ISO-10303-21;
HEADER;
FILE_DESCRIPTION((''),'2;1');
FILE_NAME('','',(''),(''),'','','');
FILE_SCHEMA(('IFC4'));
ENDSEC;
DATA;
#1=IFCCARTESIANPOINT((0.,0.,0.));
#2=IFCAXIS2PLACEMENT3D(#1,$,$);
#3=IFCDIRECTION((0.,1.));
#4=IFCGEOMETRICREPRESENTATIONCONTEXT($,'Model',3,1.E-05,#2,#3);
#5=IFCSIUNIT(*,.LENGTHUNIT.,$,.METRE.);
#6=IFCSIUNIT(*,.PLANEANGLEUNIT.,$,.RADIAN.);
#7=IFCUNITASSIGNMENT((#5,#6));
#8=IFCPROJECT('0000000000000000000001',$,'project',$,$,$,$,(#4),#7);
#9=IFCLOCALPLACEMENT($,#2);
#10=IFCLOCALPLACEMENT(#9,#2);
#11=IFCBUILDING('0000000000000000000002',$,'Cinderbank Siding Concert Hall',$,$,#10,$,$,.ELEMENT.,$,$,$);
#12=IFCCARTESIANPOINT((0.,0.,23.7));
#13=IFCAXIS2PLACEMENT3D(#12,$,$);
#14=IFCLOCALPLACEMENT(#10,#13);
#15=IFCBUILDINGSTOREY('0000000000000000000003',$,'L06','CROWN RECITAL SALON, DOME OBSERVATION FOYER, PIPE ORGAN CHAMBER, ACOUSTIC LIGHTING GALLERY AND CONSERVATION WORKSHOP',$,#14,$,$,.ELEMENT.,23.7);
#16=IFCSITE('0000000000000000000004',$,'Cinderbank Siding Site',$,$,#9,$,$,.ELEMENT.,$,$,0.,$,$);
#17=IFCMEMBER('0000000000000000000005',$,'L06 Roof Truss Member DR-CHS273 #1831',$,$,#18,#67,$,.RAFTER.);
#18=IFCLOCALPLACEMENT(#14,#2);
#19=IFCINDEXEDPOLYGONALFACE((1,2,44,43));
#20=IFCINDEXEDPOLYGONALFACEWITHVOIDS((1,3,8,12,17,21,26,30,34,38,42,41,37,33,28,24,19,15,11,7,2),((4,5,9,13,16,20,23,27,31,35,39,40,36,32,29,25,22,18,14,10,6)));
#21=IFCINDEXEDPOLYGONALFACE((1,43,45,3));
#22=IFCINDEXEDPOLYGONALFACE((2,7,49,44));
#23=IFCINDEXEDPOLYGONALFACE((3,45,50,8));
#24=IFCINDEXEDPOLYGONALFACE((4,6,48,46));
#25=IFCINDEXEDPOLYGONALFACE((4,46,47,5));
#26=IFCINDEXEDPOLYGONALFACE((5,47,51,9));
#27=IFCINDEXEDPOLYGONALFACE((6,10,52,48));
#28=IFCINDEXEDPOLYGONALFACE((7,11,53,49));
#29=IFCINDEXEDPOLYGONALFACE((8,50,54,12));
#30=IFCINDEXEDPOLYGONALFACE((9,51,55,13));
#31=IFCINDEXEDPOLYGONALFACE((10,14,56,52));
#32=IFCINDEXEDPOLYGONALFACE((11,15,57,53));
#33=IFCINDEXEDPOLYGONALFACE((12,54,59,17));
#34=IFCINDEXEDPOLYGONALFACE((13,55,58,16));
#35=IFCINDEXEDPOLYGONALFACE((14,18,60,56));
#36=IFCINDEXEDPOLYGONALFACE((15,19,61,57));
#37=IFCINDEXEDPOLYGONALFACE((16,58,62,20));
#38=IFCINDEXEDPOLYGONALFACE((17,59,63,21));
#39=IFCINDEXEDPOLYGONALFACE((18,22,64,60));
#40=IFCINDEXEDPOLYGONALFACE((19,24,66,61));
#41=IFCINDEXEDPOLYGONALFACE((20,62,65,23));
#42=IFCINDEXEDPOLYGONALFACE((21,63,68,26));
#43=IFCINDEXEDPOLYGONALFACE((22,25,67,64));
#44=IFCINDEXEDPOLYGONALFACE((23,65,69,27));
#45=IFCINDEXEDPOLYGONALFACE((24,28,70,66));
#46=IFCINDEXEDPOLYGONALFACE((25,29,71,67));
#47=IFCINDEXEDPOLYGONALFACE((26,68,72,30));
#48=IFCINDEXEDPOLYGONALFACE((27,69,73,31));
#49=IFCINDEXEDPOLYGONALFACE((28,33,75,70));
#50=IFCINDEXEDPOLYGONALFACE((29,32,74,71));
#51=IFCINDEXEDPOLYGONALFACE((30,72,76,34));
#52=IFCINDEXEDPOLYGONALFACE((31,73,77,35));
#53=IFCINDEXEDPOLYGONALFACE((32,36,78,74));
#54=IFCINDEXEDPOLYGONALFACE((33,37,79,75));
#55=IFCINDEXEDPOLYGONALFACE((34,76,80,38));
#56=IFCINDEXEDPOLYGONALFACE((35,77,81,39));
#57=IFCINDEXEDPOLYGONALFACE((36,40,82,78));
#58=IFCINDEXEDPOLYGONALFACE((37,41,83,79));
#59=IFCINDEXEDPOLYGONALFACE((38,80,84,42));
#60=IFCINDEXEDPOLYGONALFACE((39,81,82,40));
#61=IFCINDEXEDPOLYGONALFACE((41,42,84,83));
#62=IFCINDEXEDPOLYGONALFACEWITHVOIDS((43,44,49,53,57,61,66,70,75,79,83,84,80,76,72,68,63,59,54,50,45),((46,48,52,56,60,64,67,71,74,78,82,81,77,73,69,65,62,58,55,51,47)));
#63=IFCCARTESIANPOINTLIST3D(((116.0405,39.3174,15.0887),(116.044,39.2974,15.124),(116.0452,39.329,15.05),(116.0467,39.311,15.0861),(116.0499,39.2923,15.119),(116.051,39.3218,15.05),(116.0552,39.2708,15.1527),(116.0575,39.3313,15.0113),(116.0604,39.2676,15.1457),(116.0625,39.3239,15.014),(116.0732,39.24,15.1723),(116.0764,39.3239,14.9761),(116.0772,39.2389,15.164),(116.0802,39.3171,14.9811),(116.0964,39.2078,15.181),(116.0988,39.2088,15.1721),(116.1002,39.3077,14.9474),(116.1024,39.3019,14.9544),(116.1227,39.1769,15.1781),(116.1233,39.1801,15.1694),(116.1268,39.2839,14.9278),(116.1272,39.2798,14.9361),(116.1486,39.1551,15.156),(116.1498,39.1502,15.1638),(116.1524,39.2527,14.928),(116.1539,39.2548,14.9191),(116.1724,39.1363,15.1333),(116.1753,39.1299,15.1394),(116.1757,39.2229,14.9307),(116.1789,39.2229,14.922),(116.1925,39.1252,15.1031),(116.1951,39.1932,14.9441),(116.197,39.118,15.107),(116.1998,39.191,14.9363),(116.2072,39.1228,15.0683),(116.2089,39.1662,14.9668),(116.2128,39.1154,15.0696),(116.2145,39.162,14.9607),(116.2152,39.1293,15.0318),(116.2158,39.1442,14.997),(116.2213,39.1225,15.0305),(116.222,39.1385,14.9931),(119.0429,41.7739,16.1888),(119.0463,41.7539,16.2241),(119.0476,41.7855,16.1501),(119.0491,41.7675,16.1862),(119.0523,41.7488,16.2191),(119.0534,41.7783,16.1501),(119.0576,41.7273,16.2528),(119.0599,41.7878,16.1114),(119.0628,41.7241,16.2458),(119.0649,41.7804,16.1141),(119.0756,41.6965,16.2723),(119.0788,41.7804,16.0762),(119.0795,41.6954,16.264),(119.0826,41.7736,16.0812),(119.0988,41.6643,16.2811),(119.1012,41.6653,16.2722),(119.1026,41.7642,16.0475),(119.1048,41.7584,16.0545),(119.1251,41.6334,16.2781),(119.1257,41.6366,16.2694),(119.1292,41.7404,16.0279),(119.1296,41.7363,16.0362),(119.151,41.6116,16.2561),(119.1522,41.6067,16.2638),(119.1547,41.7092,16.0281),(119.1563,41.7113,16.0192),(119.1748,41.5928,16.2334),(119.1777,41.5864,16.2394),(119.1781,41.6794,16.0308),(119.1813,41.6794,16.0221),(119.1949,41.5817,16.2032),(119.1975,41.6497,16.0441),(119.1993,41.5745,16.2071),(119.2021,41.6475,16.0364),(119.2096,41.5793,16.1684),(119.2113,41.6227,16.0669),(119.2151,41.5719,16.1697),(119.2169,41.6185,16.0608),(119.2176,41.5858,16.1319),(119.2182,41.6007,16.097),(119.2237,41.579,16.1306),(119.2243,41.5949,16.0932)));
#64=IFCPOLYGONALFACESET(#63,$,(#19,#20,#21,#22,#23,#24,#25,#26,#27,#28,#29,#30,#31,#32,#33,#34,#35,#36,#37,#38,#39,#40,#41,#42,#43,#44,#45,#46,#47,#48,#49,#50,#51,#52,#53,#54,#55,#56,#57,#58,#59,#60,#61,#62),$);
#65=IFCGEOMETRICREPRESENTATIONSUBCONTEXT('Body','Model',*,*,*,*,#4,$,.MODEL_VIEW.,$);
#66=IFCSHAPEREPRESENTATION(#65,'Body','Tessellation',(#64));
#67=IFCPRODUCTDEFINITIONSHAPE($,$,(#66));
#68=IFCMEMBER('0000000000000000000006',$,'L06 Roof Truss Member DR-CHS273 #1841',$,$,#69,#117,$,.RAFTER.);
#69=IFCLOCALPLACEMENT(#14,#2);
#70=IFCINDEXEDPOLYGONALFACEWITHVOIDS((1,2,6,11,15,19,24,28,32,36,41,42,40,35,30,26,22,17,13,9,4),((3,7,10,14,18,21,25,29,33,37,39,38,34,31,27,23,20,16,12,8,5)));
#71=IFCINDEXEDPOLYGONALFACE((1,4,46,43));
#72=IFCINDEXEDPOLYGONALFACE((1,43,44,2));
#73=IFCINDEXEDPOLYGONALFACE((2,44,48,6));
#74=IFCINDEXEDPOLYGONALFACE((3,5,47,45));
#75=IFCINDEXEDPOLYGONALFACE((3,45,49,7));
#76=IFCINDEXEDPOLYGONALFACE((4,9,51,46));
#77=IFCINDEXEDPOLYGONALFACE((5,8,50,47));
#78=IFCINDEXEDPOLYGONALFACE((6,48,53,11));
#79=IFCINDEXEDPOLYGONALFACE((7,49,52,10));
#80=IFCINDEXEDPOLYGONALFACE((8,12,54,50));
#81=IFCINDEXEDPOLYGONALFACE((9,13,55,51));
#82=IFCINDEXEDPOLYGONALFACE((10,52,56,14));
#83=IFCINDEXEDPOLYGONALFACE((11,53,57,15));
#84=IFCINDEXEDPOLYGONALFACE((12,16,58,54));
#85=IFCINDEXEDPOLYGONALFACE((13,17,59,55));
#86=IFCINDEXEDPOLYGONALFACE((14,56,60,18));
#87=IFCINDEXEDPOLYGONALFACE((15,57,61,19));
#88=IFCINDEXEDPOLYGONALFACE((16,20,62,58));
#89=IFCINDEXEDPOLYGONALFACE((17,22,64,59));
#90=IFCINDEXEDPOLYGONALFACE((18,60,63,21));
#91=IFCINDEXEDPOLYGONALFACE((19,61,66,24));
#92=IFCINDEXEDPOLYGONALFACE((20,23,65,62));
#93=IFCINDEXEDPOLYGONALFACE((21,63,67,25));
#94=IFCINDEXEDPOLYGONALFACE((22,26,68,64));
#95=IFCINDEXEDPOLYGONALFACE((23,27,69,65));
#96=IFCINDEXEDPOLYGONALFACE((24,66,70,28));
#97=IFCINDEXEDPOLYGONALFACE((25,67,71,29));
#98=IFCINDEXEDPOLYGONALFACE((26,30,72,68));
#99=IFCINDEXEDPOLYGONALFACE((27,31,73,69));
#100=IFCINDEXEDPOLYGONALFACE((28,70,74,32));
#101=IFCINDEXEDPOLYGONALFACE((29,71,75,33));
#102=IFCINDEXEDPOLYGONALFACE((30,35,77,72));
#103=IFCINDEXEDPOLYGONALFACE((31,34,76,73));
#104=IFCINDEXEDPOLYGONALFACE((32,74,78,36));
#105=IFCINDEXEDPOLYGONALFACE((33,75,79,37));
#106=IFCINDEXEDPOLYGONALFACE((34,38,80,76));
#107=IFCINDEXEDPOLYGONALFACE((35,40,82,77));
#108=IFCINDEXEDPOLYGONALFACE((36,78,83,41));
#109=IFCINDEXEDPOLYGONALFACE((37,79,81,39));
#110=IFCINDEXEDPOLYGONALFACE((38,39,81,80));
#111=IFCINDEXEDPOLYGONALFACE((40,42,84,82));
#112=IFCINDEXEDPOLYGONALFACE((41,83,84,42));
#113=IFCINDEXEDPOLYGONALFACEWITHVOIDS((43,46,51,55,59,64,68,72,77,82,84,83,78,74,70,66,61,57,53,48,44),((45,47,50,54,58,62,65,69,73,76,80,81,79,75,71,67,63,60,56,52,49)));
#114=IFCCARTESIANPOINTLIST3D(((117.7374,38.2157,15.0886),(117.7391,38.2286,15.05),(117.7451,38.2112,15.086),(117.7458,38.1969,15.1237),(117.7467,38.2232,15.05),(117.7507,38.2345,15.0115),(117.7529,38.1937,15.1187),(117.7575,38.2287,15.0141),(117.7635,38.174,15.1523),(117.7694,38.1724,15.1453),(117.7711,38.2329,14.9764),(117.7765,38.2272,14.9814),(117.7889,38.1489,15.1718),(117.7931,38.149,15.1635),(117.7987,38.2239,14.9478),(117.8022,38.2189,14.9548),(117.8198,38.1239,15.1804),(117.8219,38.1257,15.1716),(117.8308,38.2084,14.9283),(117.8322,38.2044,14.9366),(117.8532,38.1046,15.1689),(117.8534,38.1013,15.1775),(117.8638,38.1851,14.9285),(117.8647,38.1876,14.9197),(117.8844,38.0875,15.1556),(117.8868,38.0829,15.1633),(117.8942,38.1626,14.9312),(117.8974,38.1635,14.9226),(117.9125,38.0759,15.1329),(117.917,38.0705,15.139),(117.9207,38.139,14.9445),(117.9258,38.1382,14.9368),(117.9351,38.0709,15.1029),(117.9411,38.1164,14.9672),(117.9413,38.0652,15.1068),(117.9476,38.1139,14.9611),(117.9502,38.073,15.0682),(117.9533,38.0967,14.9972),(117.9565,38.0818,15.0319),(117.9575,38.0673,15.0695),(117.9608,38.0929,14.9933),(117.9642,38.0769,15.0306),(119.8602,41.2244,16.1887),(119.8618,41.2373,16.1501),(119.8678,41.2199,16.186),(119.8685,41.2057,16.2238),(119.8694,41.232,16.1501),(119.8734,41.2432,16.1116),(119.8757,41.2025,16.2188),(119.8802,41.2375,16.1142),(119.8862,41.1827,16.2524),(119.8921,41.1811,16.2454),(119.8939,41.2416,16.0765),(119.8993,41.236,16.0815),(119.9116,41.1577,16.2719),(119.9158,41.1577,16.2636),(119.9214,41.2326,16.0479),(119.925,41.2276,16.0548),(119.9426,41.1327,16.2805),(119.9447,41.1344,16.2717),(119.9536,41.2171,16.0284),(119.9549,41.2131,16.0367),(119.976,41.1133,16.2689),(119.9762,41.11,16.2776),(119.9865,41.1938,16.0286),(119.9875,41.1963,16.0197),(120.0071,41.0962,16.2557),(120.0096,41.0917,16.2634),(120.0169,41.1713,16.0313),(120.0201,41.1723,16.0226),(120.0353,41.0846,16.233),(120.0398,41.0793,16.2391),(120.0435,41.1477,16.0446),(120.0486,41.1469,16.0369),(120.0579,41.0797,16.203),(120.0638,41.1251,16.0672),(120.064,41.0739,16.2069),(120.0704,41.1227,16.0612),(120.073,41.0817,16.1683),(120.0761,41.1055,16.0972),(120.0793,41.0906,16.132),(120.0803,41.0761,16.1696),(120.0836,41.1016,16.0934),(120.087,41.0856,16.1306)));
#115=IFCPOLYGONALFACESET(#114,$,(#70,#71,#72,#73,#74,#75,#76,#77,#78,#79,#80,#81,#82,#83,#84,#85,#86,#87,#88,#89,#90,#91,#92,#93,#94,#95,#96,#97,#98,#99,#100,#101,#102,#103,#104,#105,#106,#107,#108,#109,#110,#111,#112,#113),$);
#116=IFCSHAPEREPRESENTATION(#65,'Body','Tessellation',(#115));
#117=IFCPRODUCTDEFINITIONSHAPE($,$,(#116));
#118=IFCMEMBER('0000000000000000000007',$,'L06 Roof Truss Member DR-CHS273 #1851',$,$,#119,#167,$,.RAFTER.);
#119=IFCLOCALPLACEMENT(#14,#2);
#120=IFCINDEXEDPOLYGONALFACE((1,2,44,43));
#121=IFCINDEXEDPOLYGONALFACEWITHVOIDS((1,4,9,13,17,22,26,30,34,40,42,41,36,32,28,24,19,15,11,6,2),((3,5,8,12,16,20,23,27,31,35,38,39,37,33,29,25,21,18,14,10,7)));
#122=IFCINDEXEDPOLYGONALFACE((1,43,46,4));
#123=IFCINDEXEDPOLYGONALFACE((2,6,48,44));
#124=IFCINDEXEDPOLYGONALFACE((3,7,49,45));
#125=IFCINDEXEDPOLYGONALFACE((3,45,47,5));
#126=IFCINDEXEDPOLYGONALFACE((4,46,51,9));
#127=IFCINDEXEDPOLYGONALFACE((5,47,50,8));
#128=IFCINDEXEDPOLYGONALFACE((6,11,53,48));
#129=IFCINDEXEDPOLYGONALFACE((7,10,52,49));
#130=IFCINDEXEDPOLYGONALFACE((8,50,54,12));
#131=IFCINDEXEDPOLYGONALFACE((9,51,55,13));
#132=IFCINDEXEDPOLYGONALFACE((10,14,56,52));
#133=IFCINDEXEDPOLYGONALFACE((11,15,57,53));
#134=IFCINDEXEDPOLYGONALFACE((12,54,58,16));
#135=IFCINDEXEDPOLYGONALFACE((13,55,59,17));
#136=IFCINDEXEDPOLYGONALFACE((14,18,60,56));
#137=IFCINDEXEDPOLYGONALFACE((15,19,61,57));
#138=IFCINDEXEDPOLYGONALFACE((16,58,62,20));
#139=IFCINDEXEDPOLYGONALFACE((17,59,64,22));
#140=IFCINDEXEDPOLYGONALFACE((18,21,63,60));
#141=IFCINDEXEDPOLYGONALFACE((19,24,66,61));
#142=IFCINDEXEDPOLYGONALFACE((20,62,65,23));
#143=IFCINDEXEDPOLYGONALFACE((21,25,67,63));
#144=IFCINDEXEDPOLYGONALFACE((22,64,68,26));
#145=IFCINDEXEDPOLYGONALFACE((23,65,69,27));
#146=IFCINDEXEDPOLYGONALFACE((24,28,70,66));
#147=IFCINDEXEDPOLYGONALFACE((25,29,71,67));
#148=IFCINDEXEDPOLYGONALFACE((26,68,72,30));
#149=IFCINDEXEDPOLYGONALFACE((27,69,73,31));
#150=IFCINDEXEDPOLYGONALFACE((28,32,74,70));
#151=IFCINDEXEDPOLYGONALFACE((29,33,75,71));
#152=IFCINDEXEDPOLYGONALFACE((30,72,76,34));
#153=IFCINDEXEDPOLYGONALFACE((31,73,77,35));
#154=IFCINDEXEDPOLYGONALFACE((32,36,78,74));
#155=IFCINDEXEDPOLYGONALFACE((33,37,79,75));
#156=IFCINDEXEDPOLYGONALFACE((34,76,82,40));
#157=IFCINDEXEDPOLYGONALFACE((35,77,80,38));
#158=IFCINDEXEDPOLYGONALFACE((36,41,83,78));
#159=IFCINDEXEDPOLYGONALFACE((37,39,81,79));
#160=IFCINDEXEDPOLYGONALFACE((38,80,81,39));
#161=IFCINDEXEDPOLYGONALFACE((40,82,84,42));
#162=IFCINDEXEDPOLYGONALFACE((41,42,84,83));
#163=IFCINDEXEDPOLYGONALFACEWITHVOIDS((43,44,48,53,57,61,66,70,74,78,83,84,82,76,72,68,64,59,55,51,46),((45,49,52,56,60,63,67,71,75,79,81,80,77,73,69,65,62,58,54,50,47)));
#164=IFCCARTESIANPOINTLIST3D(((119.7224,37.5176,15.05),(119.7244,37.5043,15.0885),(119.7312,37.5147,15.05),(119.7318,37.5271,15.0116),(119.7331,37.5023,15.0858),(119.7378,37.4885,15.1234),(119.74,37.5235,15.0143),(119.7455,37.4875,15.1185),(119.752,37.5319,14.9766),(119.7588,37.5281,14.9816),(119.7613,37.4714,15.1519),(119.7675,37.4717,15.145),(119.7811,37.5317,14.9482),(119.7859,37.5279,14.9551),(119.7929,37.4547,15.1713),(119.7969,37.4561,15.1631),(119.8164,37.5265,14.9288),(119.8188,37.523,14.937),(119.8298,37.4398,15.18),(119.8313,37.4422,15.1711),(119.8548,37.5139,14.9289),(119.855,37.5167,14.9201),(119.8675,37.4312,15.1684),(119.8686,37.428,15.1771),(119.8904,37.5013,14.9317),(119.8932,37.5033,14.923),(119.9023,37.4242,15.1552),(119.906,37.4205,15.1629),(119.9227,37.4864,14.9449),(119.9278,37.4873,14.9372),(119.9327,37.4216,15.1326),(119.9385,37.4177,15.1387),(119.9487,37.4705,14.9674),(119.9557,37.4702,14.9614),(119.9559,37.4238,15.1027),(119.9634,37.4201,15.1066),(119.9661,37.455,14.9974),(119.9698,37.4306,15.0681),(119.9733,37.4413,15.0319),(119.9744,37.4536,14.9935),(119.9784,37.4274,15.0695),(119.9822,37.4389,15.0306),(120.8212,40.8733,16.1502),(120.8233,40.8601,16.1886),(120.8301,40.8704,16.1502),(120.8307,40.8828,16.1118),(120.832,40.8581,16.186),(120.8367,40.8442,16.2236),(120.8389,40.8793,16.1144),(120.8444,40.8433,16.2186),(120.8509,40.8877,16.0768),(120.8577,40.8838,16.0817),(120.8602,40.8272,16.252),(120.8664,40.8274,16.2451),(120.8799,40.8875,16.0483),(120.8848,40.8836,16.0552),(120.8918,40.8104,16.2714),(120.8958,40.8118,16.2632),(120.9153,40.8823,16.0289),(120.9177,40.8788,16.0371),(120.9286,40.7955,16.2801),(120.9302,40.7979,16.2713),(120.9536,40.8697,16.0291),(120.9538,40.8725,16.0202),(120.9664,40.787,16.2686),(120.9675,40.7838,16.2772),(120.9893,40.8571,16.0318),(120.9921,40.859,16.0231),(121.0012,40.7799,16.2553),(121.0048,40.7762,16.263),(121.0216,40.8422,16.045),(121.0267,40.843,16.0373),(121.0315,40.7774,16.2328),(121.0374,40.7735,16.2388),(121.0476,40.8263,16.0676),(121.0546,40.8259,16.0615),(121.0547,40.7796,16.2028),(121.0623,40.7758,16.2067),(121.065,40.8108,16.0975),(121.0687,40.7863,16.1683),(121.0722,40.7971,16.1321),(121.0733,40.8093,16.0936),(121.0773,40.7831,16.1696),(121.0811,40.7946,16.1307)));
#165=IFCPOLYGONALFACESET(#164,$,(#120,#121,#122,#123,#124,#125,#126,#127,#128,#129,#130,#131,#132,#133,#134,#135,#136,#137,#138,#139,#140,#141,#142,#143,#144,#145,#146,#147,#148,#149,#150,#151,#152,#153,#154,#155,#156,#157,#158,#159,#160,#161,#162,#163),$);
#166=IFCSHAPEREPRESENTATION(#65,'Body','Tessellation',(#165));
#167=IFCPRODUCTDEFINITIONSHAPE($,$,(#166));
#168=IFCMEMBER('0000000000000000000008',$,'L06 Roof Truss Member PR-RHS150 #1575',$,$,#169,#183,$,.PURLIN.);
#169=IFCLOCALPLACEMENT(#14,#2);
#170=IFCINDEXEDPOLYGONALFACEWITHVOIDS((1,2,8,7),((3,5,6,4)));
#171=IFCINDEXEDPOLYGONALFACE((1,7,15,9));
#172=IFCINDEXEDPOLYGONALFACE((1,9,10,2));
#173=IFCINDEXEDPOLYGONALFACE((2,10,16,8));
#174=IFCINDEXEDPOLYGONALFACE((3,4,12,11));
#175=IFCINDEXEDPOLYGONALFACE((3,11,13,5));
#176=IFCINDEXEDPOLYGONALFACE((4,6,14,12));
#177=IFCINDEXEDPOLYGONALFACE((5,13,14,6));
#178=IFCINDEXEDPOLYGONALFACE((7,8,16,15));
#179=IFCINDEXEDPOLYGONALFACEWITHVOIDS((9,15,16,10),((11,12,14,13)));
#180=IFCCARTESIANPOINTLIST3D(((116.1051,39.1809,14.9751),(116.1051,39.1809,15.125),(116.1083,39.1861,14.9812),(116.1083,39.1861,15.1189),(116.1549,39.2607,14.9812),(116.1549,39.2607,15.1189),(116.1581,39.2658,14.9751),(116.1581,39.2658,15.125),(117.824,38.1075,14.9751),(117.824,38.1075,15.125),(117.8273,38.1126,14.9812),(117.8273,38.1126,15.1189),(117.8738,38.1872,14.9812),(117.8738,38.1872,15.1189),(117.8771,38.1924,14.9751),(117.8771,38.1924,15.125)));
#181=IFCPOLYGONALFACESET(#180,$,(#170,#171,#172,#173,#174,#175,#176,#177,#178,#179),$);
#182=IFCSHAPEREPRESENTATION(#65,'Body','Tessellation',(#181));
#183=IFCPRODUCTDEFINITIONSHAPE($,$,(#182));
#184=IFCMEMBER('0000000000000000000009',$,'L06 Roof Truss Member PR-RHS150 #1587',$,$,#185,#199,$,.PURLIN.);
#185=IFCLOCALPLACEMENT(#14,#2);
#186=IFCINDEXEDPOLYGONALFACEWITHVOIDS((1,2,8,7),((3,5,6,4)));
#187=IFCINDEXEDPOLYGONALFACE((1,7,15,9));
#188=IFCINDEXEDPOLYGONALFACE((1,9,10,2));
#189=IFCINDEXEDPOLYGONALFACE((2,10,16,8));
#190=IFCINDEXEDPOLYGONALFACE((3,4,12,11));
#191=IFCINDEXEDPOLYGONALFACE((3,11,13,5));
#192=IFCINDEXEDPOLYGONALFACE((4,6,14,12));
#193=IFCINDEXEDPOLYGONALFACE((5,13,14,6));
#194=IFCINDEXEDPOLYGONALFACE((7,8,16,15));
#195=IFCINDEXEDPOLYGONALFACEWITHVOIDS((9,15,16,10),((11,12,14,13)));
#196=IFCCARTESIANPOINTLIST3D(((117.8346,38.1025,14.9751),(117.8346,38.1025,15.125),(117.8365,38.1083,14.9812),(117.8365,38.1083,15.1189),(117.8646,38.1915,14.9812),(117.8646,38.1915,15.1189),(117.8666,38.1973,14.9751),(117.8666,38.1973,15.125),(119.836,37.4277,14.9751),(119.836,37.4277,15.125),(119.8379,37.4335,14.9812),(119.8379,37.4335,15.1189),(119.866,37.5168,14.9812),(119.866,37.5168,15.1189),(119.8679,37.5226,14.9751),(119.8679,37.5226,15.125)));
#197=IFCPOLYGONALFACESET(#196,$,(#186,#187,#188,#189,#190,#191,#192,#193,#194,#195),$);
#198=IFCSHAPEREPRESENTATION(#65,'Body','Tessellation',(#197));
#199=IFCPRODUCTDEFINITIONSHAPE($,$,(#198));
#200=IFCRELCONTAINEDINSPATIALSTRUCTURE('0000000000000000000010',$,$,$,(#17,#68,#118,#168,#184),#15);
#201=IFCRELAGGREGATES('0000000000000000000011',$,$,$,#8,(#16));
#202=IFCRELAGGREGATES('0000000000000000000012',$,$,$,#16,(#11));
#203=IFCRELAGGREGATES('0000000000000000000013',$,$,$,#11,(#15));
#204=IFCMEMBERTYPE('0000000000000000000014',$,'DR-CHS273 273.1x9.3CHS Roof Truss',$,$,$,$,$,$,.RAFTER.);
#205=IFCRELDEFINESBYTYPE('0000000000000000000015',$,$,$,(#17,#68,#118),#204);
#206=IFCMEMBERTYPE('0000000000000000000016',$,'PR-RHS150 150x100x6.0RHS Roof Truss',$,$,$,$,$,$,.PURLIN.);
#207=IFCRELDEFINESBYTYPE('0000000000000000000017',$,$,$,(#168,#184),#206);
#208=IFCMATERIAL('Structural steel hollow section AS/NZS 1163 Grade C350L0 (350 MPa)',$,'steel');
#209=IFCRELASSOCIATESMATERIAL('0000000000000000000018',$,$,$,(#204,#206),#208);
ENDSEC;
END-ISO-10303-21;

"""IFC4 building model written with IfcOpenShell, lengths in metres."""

from ifc_helpers import new_model, si_unit, direction, frame, origin, origin_2d, place, context, subcontext, project, spatial, hollow_rectangle, hollow_circle, extrude, material, material_profile, profile_set, type_object, element, save


model = new_model("IFC4")

# Units and contexts
model_context = context("Model", 3, precision=1e-05, world=origin(), true_north=direction((0.0, 1.0)))
body_context = subcontext(model_context, "Body", "Model", "MODEL_VIEW")
ifc_project = project(units=[si_unit("LENGTHUNIT", "METRE"), si_unit("PLANEANGLEUNIT", "RADIAN")], contexts=[model_context])

# Site, building, storey
site_placement = place(None, origin())
site = spatial("IfcSite", under=ifc_project, at=site_placement, Name="Cinderbank Siding Site", CompositionType="ELEMENT", RefElevation=0.0)
building_placement = place(site_placement, origin())
building = spatial("IfcBuilding", under=site, at=building_placement, Name="Cinderbank Siding Concert Hall", CompositionType="ELEMENT")
storey_placement = place(building_placement, frame((0.0, 0.0, 23.7)))
storey = spatial("IfcBuildingStorey", under=building, at=storey_placement, Name="L06", Description="CROWN RECITAL SALON, DOME OBSERVATION FOYER, PIPE ORGAN CHAMBER, ACOUSTIC LIGHTING GALLERY AND CONSERVATION WORKSHOP", CompositionType="ELEMENT", Elevation=23.7)

# Members
ifc_material_1 = material(Name="Structural steel hollow section AS/NZS 1163 Grade C350L0 (350 MPa)", Category="steel")
ifc_material_profile_1 = material_profile(ifc_material_1, hollow_circle(Radius=0.1365, WallThickness=0.0093, at=origin_2d()), Name="273.1x9.3CHS", Category="LoadBearing")
ifc_profile_set_1 = profile_set([ifc_material_profile_1], Name="Structural steel hollow section AS/NZS 1163 Grade C350L0 (350 MPa)")
member_type_1 = type_object("IfcMemberType", Name="DR-CHS273 273.1x9.3CHS Roof Truss", PredefinedType="RAFTER", material=ifc_profile_set_1)
member_1_placement = place(storey_placement, frame((116.1316, 39.2234, 15.05), z_axis=(0.744597, 0.609216, 0.272821), x_axis=(-0.633238, 0.773957, 0.0)))
element("IfcMember", 1, at=member_1_placement, inside=storey, type_object=member_type_1, Name="L06 Roof Truss Member DR-CHS273 #1831", PredefinedType="RAFTER", context=body_context, shape_type="SweptSolid", body=[
    extrude(hollow_circle(Radius=0.1365, WallThickness=0.0093, at=origin_2d()), origin(), (0.0, 0.0, 1.0), 4.0322),
])
member_2_placement = place(storey_placement, frame((117.8506, 38.1499, 15.05), z_axis=(0.552369, 0.782909, 0.286254), x_axis=(-0.817102, 0.576493, 0.0)))
element("IfcMember", 2, at=member_2_placement, inside=storey, type_object=member_type_1, Name="L06 Roof Truss Member DR-CHS273 #1841", PredefinedType="RAFTER", context=body_context, shape_type="SweptSolid", body=[
    extrude(hollow_circle(Radius=0.1365, WallThickness=0.0093, at=origin_2d()), origin(), (0.0, 0.0, 1.0), 3.843),
])
member_3_placement = place(storey_placement, frame((119.8521, 37.4751, 15.05), z_axis=(0.297118, 0.907329, 0.297448), x_axis=(-0.950343, 0.311204, 0.0)))
element("IfcMember", 3, at=member_3_placement, inside=storey, type_object=member_type_1, Name="L06 Roof Truss Member DR-CHS273 #1851", PredefinedType="RAFTER", context=body_context, shape_type="SweptSolid", body=[
    extrude(hollow_circle(Radius=0.1365, WallThickness=0.0093, at=origin_2d()), origin(), (0.0, 0.0, 1.0), 3.6985),
])
ifc_material_profile_2 = material_profile(ifc_material_1, hollow_rectangle(XDim=0.1001, YDim=0.1499, WallThickness=0.0061, at=origin_2d()), Name="150x100x6.0RHS", Category="LoadBearing")
ifc_profile_set_2 = profile_set([ifc_material_profile_2], Name="Structural steel hollow section AS/NZS 1163 Grade C350L0 (350 MPa)")
member_type_2 = type_object("IfcMemberType", Name="PR-RHS150 150x100x6.0RHS Roof Truss", PredefinedType="PURLIN", material=ifc_profile_set_2)
member_4_placement = place(storey_placement, frame((116.1316, 39.2234, 15.05), z_axis=(0.848195, -0.529685, 0.0), x_axis=(0.529685, 0.848195, 0.0)))
element("IfcMember", 4, at=member_4_placement, inside=storey, type_object=member_type_2, Name="L06 Roof Truss Member PR-RHS150 #1575", PredefinedType="PURLIN", context=body_context, shape_type="SweptSolid", body=[
    extrude(hollow_rectangle(XDim=0.1001, YDim=0.1499, WallThickness=0.0061, at=origin_2d()), origin(), (0.0, 0.0, 1.0), 2.0266),
])
member_5_placement = place(storey_placement, frame((117.8506, 38.1499, 15.05), z_axis=(0.947591, -0.319485, 0.0), x_axis=(0.319485, 0.947591, 0.0)))
element("IfcMember", 5, at=member_5_placement, inside=storey, type_object=member_type_2, Name="L06 Roof Truss Member PR-RHS150 #1587", PredefinedType="PURLIN", context=body_context, shape_type="SweptSolid", body=[
    extrude(hollow_rectangle(XDim=0.1001, YDim=0.1499, WallThickness=0.0061, at=origin_2d()), origin(), (0.0, 0.0, 1.0), 2.1121),
])

save(model, "model.ifc")
